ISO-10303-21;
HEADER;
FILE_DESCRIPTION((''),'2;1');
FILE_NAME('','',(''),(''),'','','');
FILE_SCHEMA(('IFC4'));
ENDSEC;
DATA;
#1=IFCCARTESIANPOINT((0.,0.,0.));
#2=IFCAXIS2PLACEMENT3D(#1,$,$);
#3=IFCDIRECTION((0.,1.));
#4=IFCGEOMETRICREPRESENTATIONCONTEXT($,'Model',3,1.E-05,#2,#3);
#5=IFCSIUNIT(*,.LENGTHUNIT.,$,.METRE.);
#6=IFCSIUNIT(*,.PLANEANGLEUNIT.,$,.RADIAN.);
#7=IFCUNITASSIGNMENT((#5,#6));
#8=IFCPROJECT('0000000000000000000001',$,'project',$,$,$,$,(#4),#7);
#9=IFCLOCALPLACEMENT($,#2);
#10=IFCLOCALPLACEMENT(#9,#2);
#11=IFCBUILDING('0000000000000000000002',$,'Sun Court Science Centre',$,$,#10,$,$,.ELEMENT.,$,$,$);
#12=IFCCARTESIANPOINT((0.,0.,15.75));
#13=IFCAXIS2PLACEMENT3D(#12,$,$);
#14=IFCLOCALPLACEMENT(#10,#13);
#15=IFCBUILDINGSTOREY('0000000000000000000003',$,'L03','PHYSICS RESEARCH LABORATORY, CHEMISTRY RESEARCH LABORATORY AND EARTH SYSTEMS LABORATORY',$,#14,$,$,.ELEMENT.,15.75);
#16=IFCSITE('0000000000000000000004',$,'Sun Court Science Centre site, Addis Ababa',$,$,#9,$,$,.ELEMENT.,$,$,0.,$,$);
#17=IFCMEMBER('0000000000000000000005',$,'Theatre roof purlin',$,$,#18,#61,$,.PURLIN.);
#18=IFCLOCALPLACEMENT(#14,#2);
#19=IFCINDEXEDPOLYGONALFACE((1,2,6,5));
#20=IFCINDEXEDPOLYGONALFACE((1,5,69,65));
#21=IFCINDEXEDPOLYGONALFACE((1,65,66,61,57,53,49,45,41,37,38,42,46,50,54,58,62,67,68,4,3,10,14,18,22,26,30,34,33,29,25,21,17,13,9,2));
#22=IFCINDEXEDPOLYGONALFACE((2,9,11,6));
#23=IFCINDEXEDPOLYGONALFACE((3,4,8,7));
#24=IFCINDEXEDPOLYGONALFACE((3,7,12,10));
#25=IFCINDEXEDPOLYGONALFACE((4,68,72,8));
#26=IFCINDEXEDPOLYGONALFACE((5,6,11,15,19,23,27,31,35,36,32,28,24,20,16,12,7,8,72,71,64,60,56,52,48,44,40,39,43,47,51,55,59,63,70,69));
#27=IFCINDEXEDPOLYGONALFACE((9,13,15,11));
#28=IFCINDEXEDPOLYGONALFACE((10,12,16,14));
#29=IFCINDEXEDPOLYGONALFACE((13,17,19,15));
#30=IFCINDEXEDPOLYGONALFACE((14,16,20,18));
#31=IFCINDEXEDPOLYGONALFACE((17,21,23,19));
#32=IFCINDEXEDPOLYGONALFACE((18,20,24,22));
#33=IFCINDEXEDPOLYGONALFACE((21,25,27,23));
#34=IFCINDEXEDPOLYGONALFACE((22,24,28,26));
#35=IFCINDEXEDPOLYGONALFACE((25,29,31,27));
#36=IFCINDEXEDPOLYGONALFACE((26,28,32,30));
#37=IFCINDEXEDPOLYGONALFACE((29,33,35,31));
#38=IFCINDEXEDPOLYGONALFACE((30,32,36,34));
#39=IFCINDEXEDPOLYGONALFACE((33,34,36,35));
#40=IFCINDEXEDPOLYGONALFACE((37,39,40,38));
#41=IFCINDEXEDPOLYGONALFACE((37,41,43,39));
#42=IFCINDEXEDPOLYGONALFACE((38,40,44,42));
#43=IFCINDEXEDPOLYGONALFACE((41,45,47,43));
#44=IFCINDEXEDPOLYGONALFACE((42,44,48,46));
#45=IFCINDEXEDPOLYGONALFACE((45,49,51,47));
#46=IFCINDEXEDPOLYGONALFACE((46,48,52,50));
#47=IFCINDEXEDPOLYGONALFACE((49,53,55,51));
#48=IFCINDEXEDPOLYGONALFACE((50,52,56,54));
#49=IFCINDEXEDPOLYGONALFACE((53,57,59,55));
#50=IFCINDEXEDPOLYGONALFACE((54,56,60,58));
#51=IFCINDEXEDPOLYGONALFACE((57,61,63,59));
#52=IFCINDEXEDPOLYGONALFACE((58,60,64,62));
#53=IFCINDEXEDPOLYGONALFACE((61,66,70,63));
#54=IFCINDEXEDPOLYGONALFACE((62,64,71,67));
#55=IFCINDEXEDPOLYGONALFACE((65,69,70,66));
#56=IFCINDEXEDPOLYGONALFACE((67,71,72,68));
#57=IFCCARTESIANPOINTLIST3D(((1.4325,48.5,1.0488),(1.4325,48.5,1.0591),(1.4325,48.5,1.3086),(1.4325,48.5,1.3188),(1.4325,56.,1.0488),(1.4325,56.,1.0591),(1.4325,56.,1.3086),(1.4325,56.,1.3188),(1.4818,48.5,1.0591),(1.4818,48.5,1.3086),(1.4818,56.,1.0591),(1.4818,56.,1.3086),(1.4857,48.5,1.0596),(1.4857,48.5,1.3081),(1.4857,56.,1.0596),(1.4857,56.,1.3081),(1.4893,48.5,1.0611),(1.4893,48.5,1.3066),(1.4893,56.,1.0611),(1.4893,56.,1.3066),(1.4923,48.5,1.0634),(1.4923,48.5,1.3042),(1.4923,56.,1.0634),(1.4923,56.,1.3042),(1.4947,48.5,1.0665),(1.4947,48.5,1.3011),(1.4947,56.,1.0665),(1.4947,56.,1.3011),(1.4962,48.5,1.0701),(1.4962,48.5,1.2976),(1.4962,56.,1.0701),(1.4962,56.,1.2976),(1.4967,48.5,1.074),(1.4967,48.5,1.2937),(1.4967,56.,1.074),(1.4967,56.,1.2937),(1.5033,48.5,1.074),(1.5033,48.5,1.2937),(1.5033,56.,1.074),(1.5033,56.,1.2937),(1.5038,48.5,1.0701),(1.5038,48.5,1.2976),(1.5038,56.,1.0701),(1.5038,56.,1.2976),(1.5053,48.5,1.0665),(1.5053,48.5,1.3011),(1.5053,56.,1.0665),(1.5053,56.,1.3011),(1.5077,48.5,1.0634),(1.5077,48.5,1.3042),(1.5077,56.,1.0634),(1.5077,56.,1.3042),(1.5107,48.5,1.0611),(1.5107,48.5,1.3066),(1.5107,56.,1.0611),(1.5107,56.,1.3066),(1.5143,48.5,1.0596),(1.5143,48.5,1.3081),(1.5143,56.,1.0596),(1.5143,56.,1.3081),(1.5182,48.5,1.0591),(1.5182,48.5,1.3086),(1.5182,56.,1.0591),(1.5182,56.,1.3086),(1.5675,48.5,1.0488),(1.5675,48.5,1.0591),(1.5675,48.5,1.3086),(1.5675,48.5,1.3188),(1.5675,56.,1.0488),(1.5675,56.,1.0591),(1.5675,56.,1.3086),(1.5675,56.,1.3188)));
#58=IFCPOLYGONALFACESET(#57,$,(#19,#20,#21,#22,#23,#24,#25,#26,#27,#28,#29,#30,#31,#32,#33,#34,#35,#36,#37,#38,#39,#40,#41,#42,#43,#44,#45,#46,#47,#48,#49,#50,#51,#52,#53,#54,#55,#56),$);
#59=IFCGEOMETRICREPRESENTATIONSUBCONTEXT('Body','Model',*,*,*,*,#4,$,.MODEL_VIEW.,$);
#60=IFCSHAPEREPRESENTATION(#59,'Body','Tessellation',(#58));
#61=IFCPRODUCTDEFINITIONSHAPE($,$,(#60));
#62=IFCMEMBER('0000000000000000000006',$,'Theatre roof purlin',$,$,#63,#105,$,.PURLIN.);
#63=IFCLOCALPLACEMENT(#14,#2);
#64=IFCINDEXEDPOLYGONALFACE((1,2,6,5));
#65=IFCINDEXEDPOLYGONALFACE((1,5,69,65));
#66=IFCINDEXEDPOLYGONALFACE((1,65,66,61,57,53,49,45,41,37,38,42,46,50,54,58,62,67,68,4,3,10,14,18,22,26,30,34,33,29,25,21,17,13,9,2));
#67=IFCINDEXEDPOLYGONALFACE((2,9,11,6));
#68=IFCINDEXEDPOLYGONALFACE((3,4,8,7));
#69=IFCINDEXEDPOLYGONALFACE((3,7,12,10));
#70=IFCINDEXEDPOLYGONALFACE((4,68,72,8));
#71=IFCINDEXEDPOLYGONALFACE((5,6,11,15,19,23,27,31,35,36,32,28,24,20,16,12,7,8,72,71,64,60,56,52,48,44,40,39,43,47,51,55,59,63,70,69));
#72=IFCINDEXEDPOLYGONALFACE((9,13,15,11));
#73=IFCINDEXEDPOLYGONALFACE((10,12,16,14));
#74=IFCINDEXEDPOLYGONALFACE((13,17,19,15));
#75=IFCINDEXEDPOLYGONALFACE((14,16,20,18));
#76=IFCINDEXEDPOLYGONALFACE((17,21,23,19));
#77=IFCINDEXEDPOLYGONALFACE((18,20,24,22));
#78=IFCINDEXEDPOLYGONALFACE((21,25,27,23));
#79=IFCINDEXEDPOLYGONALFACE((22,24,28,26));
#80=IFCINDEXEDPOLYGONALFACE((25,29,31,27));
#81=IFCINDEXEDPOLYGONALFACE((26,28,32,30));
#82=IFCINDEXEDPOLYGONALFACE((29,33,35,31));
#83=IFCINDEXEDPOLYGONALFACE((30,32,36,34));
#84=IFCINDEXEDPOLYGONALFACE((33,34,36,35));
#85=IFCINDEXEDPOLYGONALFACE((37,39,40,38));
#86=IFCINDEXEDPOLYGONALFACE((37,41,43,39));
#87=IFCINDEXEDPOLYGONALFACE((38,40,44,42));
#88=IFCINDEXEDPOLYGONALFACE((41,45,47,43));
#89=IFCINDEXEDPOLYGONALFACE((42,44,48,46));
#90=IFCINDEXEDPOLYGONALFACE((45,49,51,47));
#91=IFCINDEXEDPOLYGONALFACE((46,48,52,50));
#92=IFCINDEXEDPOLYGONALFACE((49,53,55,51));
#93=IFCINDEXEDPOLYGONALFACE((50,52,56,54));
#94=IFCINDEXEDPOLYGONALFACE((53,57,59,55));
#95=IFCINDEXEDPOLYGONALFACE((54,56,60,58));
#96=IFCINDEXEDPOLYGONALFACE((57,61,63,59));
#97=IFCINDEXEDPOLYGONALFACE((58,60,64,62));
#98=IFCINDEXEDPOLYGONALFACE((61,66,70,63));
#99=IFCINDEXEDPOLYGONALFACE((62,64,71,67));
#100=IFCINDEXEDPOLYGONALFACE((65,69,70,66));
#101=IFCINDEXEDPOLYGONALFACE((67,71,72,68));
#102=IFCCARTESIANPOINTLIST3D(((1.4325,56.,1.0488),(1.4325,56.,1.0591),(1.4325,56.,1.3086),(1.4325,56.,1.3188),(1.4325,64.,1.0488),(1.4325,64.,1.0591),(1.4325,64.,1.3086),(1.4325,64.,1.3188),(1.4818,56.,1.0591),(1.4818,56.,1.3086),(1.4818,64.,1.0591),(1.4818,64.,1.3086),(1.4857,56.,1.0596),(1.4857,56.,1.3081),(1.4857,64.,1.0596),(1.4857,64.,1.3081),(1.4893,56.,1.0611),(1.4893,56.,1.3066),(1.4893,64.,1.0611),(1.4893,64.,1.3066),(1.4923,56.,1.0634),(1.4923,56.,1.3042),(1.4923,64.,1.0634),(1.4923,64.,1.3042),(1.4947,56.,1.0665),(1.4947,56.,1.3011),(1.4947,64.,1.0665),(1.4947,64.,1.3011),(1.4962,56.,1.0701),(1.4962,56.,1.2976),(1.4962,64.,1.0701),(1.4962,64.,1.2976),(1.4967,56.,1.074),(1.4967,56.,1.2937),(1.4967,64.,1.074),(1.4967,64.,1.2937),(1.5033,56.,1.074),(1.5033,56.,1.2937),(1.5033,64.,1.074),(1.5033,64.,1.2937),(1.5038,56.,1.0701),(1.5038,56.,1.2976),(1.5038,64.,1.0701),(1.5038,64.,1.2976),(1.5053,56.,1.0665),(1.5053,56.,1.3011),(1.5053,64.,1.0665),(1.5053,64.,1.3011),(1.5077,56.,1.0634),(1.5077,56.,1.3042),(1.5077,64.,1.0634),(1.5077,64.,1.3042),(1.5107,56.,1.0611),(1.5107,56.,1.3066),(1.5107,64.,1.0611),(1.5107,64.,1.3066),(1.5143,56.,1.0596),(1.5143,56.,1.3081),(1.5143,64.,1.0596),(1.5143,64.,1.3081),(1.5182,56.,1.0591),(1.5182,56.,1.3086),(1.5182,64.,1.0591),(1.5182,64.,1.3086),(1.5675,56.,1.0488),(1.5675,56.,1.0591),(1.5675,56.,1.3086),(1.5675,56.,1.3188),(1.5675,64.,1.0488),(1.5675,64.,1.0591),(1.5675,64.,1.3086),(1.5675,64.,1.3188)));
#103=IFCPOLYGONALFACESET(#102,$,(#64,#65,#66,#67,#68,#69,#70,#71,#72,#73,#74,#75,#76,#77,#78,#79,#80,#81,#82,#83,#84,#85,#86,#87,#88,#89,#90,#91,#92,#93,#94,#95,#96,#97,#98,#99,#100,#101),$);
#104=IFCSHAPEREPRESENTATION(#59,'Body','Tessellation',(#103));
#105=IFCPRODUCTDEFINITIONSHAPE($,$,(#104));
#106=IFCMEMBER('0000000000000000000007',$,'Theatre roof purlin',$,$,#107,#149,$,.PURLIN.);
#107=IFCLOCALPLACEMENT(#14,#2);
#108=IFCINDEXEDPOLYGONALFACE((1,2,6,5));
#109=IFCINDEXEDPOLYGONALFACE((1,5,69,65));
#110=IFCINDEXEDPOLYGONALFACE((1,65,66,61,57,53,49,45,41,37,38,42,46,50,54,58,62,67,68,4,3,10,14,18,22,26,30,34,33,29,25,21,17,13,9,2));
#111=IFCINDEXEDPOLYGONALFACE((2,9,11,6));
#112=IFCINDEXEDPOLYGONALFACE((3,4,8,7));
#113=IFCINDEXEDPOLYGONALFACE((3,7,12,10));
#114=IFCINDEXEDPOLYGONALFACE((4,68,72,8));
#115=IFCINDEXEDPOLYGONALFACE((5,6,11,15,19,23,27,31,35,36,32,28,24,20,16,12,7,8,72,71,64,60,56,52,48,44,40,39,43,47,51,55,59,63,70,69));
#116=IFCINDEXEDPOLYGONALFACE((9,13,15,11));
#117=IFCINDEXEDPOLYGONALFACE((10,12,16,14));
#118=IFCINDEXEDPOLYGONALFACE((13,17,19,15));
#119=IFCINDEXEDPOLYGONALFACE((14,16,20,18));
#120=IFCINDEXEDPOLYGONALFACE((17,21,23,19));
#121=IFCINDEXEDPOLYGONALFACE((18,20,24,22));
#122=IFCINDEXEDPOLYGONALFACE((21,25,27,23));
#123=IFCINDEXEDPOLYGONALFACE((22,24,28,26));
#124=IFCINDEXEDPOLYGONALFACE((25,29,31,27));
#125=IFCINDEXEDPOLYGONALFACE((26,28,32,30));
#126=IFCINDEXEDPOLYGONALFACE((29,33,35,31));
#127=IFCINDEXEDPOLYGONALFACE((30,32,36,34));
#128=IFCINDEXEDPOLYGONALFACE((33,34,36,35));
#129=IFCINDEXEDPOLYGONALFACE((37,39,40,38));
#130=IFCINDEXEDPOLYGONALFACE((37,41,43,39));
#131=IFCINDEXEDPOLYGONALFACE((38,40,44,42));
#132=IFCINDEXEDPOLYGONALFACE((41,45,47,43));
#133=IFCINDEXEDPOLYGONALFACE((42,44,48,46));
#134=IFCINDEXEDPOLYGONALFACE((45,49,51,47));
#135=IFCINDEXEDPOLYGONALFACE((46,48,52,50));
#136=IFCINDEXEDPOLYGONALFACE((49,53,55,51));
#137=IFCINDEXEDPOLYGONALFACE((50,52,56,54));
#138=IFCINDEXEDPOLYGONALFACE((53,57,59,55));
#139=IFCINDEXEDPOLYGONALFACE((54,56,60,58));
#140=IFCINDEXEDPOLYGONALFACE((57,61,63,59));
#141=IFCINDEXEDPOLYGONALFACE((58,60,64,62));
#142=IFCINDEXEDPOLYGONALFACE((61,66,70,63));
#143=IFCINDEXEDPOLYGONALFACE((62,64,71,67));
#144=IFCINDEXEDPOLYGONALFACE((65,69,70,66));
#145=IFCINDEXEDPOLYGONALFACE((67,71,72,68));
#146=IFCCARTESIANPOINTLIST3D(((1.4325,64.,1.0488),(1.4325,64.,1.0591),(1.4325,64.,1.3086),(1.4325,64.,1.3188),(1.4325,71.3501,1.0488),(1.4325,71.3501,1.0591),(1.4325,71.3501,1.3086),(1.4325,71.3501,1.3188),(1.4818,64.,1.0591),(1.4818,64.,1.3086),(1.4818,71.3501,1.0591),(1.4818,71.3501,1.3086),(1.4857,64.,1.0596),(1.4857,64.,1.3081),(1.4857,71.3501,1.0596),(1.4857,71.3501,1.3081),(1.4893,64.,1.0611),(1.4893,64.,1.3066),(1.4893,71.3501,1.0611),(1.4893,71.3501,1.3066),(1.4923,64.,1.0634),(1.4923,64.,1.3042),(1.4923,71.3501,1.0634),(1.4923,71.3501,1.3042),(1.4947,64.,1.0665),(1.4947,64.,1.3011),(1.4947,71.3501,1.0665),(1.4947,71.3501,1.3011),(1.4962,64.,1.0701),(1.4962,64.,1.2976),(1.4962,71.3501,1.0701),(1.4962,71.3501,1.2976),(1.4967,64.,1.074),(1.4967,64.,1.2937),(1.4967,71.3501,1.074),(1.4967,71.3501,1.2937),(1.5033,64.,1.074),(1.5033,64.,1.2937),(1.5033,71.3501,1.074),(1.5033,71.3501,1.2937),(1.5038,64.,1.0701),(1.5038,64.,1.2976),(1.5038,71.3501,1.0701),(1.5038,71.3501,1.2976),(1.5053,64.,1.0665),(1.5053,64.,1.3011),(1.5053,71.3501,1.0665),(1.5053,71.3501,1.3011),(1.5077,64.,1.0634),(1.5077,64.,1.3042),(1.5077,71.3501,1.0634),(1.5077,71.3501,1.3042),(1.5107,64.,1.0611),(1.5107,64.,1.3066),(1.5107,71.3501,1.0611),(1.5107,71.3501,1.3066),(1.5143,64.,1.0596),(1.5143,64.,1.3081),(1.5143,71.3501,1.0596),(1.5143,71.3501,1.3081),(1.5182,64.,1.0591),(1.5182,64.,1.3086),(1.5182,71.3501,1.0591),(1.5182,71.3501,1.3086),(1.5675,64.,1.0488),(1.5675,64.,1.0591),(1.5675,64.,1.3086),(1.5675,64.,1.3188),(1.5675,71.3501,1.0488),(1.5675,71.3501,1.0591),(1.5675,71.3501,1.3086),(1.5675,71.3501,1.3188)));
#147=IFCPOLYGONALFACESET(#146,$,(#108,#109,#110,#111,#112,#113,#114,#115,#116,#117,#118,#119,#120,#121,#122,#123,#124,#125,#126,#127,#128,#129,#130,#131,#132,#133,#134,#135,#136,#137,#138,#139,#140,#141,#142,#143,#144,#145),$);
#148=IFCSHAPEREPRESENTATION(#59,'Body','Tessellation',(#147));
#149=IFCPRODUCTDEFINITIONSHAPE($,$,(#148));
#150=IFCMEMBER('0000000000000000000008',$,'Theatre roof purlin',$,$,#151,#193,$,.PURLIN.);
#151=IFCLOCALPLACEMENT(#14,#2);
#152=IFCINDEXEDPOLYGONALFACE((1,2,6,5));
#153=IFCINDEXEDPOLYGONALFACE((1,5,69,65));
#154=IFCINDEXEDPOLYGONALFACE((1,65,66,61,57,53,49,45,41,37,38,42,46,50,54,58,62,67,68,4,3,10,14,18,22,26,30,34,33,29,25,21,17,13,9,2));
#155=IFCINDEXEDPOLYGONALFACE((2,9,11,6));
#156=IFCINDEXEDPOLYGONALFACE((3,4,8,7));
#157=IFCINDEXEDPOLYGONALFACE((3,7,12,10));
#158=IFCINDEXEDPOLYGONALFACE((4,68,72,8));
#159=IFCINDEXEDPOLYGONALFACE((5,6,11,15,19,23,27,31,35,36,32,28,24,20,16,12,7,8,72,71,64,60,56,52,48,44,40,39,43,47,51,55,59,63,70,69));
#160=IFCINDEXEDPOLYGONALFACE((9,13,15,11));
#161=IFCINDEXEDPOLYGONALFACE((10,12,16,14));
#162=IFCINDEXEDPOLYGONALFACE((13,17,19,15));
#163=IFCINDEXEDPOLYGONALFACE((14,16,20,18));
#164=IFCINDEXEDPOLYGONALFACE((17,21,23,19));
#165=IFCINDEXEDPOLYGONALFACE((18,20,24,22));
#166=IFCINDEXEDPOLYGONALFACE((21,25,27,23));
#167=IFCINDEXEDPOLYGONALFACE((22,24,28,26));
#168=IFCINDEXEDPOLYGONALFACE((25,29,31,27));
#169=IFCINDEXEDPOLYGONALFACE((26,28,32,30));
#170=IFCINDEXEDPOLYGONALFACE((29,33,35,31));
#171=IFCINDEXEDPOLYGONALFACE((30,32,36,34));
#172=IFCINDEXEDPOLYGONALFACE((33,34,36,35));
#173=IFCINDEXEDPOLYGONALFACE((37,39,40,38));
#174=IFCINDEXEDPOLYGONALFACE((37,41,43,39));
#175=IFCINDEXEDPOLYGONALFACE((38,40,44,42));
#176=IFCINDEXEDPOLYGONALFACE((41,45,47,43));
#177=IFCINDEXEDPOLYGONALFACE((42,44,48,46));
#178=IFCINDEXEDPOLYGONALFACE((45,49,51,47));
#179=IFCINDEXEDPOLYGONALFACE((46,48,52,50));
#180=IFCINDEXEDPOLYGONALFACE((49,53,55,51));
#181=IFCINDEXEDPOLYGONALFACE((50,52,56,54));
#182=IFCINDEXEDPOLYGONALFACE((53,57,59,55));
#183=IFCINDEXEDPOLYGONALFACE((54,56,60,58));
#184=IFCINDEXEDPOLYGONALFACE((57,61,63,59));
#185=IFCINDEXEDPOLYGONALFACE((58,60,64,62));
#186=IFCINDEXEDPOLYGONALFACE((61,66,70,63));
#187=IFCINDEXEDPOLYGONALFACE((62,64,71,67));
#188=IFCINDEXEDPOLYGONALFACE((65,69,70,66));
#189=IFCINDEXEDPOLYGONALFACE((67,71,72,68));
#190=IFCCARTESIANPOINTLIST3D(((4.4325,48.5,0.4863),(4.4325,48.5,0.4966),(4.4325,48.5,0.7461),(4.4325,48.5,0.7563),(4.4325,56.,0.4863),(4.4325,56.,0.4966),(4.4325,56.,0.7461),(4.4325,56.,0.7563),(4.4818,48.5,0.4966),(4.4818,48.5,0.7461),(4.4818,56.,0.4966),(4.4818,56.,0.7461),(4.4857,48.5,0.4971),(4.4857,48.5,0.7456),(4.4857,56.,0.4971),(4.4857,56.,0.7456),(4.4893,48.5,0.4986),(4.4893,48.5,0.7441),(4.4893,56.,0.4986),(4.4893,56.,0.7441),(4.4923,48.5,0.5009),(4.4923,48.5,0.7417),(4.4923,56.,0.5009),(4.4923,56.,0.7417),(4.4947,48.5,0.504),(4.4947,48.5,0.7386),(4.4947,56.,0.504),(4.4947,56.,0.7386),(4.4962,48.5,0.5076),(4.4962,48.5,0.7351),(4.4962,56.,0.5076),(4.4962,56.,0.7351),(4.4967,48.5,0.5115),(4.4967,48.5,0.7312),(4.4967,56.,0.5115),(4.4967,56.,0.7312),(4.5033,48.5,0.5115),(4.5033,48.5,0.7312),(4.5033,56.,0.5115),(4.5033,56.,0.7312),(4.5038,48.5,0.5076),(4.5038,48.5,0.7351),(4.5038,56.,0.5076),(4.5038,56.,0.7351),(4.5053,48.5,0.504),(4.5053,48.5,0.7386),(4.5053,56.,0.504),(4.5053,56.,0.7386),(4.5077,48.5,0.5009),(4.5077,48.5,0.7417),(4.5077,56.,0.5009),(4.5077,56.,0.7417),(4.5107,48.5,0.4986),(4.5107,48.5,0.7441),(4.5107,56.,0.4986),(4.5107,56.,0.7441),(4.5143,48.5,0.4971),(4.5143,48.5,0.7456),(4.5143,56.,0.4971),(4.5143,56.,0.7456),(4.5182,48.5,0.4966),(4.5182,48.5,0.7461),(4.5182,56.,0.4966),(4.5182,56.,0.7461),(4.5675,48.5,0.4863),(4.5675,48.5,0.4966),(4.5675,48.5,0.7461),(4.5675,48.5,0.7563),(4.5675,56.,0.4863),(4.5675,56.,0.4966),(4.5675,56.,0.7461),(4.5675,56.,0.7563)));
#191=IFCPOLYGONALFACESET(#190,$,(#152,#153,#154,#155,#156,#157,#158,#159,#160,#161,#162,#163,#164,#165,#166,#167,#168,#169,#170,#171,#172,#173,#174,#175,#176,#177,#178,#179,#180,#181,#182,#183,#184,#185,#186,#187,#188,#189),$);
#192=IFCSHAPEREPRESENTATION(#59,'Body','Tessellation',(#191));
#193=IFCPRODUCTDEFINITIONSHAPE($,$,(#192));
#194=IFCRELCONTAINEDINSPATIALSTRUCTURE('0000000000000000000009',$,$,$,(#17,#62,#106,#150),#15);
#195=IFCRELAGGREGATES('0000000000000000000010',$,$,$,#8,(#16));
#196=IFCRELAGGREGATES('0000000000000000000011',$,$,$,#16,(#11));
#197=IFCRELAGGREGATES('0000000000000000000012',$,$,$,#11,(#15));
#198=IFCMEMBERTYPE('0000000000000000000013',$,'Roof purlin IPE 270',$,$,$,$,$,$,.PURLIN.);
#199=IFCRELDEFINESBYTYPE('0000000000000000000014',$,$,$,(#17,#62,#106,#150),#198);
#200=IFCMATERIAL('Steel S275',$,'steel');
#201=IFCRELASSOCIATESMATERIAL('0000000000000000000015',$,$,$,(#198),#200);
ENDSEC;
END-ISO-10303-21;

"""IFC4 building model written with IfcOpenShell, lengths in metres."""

from ifc_helpers import new_model, si_unit, direction, frame, origin, origin_2d, place, context, subcontext, project, spatial, i_section, extrude, material, material_profile, profile_set, type_object, element, save


model = new_model("IFC4")

# Units and contexts
model_context = context("Model", 3, precision=1e-05, world=origin(), true_north=direction((0.0, 1.0)))
body_context = subcontext(model_context, "Body", "Model", "MODEL_VIEW")
ifc_project = project(units=[si_unit("LENGTHUNIT", "METRE"), si_unit("PLANEANGLEUNIT", "RADIAN")], contexts=[model_context])

# Site, building, storey
site_placement = place(None, origin())
site = spatial("IfcSite", under=ifc_project, at=site_placement, Name="Sun Court Science Centre site, Addis Ababa", CompositionType="ELEMENT", RefElevation=0.0)
building_placement = place(site_placement, origin())
building = spatial("IfcBuilding", under=site, at=building_placement, Name="Sun Court Science Centre", CompositionType="ELEMENT")
storey_placement = place(building_placement, frame((0.0, 0.0, 15.75)))
storey = spatial("IfcBuildingStorey", under=building, at=storey_placement, Name="L03", Description="PHYSICS RESEARCH LABORATORY, CHEMISTRY RESEARCH LABORATORY AND EARTH SYSTEMS LABORATORY", CompositionType="ELEMENT", Elevation=15.75)

# Members
ifc_material_1 = material(Name="Steel S275", Category="steel")
ifc_material_profile = material_profile(ifc_material_1, i_section(OverallWidth=0.135, OverallDepth=0.27, WebThickness=0.0066, FlangeThickness=0.0103, FilletRadius=0.0149, at=origin_2d()), Name="IPE 270")
ifc_profile_set = profile_set([ifc_material_profile], Name="Steel S275")
member_type = type_object("IfcMemberType", Name="Roof purlin IPE 270", PredefinedType="PURLIN", material=ifc_profile_set)
member_1_placement = place(storey_placement, frame((1.5, 48.5, 1.1838), z_axis=(0.0, 1.0, 0.0), x_axis=(-1.0, 0.0, 0.0)))
element("IfcMember", 1, at=member_1_placement, inside=storey, type_object=member_type, Name="Theatre roof purlin", PredefinedType="PURLIN", context=body_context, shape_type="SweptSolid", body=[
    extrude(i_section(OverallWidth=0.135, OverallDepth=0.27, WebThickness=0.0066, FlangeThickness=0.0103, FilletRadius=0.0149, at=origin_2d()), origin(), (0.0, 0.0, 1.0), 7.5),
])
member_2_placement = place(storey_placement, frame((1.5, 56.0, 1.1838), z_axis=(0.0, 1.0, 0.0), x_axis=(-1.0, 0.0, 0.0)))
element("IfcMember", 2, at=member_2_placement, inside=storey, type_object=member_type, Name="Theatre roof purlin", PredefinedType="PURLIN", context=body_context, shape_type="SweptSolid", body=[
    extrude(i_section(OverallWidth=0.135, OverallDepth=0.27, WebThickness=0.0066, FlangeThickness=0.0103, FilletRadius=0.0149, at=origin_2d()), origin(), (0.0, 0.0, 1.0), 8.0),
])
member_3_placement = place(storey_placement, frame((1.5, 64.0, 1.1838), z_axis=(0.0, 1.0, 0.0), x_axis=(-1.0, 0.0, 0.0)))
element("IfcMember", 3, at=member_3_placement, inside=storey, type_object=member_type, Name="Theatre roof purlin", PredefinedType="PURLIN", context=body_context, shape_type="SweptSolid", body=[
    extrude(i_section(OverallWidth=0.135, OverallDepth=0.27, WebThickness=0.0066, FlangeThickness=0.0103, FilletRadius=0.0149, at=origin_2d()), origin(), (0.0, 0.0, 1.0), 7.3501),
])
member_4_placement = place(storey_placement, frame((4.5, 48.5, 0.6213), z_axis=(0.0, 1.0, 0.0), x_axis=(-1.0, 0.0, 0.0)))
element("IfcMember", 4, at=member_4_placement, inside=storey, type_object=member_type, Name="Theatre roof purlin", PredefinedType="PURLIN", context=body_context, shape_type="SweptSolid", body=[
    extrude(i_section(OverallWidth=0.135, OverallDepth=0.27, WebThickness=0.0066, FlangeThickness=0.0103, FilletRadius=0.0149, at=origin_2d()), origin(), (0.0, 0.0, 1.0), 7.5),
])

save(model, "model.ifc")
